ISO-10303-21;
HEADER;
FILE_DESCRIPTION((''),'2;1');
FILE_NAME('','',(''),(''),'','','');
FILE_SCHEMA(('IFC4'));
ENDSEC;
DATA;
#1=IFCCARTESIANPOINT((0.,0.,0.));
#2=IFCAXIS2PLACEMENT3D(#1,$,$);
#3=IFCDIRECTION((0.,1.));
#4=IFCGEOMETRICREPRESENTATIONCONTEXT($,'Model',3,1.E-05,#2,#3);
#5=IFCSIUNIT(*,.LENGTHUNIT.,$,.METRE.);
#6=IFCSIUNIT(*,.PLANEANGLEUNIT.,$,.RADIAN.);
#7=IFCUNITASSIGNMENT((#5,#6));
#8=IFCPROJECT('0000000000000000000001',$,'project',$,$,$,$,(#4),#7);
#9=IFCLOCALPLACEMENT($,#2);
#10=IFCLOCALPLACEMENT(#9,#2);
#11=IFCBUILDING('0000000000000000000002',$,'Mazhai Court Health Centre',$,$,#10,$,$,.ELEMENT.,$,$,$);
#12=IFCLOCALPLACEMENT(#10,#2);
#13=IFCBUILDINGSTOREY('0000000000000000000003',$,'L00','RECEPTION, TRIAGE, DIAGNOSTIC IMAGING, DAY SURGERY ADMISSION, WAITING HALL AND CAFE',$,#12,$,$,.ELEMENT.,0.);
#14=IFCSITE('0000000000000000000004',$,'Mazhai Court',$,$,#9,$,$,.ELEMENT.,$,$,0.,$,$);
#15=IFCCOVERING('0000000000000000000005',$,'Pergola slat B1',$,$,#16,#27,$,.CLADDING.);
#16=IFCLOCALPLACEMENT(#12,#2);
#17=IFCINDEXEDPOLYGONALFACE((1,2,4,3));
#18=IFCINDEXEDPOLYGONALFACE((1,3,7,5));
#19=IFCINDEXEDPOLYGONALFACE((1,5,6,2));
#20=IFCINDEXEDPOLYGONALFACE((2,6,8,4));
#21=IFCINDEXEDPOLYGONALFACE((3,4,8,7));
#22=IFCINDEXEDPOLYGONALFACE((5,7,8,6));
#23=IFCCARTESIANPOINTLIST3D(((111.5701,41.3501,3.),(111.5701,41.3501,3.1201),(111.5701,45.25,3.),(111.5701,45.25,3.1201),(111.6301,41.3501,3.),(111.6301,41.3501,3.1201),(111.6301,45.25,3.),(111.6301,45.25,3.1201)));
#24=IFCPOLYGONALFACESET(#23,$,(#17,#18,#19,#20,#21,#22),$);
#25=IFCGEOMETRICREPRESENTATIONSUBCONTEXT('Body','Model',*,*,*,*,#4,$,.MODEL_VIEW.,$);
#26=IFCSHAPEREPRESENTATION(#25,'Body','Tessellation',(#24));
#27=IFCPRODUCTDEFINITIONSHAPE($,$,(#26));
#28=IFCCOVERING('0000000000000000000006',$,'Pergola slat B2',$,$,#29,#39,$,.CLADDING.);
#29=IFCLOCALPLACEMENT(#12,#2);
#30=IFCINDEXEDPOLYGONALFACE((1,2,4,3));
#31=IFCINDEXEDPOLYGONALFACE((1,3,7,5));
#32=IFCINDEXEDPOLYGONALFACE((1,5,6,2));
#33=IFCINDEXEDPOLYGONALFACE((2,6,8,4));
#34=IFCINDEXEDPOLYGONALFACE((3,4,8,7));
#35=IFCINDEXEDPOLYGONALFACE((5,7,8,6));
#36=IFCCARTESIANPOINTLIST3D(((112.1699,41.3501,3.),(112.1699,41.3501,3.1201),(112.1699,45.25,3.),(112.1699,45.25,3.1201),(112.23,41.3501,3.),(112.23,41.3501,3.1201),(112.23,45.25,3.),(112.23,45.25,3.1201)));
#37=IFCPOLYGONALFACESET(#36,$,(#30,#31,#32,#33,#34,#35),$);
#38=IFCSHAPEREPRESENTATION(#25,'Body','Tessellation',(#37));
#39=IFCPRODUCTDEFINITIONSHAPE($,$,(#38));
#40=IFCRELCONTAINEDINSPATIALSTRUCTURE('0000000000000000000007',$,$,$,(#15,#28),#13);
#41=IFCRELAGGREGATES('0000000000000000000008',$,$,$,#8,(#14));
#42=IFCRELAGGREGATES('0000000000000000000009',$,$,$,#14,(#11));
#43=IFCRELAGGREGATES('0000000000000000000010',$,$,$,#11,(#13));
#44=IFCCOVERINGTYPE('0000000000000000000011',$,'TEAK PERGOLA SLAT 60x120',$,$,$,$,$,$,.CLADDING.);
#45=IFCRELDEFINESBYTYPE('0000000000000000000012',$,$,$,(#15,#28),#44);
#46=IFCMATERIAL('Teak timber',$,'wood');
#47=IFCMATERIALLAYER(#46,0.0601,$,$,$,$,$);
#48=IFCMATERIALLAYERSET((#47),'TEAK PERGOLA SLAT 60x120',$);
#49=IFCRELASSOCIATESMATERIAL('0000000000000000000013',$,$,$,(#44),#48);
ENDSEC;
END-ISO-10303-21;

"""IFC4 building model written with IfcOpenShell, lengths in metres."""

from ifc_helpers import new_model, si_unit, direction, frame, origin, origin_2d, place, context, subcontext, project, spatial, rectangle, extrude, material, layer, layer_set, type_object, element, save


model = new_model("IFC4")

# Units and contexts
model_context = context("Model", 3, precision=1e-05, world=origin(), true_north=direction((0.0, 1.0)))
body_context = subcontext(model_context, "Body", "Model", "MODEL_VIEW")
ifc_project = project(units=[si_unit("LENGTHUNIT", "METRE"), si_unit("PLANEANGLEUNIT", "RADIAN")], contexts=[model_context])

# Site, building, storey
site_placement = place(None, origin())
site = spatial("IfcSite", under=ifc_project, at=site_placement, Name="Mazhai Court", CompositionType="ELEMENT", RefElevation=0.0)
building_placement = place(site_placement, origin())
building = spatial("IfcBuilding", under=site, at=building_placement, Name="Mazhai Court Health Centre", CompositionType="ELEMENT")
storey_placement = place(building_placement, origin())
storey = spatial("IfcBuildingStorey", under=building, at=storey_placement, Name="L00", Description="RECEPTION, TRIAGE, DIAGNOSTIC IMAGING, DAY SURGERY ADMISSION, WAITING HALL AND CAFE", CompositionType="ELEMENT", Elevation=0.0)

# Coverings
ifc_material_1 = material(Name="Teak timber", Category="wood")
ifc_layer_1 = layer(ifc_material_1, 0.0601)
ifc_layer_set_1 = layer_set([ifc_layer_1], Name="TEAK PERGOLA SLAT 60x120")
covering_type = type_object("IfcCoveringType", Name="TEAK PERGOLA SLAT 60x120", PredefinedType="CLADDING", material=ifc_layer_set_1)
for number, where, z_axis, x_axis, name in (
    (1, (111.6001, 43.3, 3.0), (0.0, 0.0, 1.0), (1.0, 0.0, 0.0), "Pergola slat B1"),
    (2, (112.2, 43.3, 3.0), (0.0, 0.0, 1.0), (1.0, 0.0, 0.0), "Pergola slat B2"),
):
    element("IfcCovering", number, at=place(storey_placement, frame(where, z_axis=z_axis, x_axis=x_axis)), inside=storey, type_object=covering_type, Name=name, PredefinedType="CLADDING", context=body_context, shape_type="SweptSolid", body=[
        extrude(rectangle(XDim=0.0601, YDim=3.8999, at=origin_2d()), origin(), (0.0, 0.0, 1.0), 0.1201),
    ])

save(model, "model.ifc")
